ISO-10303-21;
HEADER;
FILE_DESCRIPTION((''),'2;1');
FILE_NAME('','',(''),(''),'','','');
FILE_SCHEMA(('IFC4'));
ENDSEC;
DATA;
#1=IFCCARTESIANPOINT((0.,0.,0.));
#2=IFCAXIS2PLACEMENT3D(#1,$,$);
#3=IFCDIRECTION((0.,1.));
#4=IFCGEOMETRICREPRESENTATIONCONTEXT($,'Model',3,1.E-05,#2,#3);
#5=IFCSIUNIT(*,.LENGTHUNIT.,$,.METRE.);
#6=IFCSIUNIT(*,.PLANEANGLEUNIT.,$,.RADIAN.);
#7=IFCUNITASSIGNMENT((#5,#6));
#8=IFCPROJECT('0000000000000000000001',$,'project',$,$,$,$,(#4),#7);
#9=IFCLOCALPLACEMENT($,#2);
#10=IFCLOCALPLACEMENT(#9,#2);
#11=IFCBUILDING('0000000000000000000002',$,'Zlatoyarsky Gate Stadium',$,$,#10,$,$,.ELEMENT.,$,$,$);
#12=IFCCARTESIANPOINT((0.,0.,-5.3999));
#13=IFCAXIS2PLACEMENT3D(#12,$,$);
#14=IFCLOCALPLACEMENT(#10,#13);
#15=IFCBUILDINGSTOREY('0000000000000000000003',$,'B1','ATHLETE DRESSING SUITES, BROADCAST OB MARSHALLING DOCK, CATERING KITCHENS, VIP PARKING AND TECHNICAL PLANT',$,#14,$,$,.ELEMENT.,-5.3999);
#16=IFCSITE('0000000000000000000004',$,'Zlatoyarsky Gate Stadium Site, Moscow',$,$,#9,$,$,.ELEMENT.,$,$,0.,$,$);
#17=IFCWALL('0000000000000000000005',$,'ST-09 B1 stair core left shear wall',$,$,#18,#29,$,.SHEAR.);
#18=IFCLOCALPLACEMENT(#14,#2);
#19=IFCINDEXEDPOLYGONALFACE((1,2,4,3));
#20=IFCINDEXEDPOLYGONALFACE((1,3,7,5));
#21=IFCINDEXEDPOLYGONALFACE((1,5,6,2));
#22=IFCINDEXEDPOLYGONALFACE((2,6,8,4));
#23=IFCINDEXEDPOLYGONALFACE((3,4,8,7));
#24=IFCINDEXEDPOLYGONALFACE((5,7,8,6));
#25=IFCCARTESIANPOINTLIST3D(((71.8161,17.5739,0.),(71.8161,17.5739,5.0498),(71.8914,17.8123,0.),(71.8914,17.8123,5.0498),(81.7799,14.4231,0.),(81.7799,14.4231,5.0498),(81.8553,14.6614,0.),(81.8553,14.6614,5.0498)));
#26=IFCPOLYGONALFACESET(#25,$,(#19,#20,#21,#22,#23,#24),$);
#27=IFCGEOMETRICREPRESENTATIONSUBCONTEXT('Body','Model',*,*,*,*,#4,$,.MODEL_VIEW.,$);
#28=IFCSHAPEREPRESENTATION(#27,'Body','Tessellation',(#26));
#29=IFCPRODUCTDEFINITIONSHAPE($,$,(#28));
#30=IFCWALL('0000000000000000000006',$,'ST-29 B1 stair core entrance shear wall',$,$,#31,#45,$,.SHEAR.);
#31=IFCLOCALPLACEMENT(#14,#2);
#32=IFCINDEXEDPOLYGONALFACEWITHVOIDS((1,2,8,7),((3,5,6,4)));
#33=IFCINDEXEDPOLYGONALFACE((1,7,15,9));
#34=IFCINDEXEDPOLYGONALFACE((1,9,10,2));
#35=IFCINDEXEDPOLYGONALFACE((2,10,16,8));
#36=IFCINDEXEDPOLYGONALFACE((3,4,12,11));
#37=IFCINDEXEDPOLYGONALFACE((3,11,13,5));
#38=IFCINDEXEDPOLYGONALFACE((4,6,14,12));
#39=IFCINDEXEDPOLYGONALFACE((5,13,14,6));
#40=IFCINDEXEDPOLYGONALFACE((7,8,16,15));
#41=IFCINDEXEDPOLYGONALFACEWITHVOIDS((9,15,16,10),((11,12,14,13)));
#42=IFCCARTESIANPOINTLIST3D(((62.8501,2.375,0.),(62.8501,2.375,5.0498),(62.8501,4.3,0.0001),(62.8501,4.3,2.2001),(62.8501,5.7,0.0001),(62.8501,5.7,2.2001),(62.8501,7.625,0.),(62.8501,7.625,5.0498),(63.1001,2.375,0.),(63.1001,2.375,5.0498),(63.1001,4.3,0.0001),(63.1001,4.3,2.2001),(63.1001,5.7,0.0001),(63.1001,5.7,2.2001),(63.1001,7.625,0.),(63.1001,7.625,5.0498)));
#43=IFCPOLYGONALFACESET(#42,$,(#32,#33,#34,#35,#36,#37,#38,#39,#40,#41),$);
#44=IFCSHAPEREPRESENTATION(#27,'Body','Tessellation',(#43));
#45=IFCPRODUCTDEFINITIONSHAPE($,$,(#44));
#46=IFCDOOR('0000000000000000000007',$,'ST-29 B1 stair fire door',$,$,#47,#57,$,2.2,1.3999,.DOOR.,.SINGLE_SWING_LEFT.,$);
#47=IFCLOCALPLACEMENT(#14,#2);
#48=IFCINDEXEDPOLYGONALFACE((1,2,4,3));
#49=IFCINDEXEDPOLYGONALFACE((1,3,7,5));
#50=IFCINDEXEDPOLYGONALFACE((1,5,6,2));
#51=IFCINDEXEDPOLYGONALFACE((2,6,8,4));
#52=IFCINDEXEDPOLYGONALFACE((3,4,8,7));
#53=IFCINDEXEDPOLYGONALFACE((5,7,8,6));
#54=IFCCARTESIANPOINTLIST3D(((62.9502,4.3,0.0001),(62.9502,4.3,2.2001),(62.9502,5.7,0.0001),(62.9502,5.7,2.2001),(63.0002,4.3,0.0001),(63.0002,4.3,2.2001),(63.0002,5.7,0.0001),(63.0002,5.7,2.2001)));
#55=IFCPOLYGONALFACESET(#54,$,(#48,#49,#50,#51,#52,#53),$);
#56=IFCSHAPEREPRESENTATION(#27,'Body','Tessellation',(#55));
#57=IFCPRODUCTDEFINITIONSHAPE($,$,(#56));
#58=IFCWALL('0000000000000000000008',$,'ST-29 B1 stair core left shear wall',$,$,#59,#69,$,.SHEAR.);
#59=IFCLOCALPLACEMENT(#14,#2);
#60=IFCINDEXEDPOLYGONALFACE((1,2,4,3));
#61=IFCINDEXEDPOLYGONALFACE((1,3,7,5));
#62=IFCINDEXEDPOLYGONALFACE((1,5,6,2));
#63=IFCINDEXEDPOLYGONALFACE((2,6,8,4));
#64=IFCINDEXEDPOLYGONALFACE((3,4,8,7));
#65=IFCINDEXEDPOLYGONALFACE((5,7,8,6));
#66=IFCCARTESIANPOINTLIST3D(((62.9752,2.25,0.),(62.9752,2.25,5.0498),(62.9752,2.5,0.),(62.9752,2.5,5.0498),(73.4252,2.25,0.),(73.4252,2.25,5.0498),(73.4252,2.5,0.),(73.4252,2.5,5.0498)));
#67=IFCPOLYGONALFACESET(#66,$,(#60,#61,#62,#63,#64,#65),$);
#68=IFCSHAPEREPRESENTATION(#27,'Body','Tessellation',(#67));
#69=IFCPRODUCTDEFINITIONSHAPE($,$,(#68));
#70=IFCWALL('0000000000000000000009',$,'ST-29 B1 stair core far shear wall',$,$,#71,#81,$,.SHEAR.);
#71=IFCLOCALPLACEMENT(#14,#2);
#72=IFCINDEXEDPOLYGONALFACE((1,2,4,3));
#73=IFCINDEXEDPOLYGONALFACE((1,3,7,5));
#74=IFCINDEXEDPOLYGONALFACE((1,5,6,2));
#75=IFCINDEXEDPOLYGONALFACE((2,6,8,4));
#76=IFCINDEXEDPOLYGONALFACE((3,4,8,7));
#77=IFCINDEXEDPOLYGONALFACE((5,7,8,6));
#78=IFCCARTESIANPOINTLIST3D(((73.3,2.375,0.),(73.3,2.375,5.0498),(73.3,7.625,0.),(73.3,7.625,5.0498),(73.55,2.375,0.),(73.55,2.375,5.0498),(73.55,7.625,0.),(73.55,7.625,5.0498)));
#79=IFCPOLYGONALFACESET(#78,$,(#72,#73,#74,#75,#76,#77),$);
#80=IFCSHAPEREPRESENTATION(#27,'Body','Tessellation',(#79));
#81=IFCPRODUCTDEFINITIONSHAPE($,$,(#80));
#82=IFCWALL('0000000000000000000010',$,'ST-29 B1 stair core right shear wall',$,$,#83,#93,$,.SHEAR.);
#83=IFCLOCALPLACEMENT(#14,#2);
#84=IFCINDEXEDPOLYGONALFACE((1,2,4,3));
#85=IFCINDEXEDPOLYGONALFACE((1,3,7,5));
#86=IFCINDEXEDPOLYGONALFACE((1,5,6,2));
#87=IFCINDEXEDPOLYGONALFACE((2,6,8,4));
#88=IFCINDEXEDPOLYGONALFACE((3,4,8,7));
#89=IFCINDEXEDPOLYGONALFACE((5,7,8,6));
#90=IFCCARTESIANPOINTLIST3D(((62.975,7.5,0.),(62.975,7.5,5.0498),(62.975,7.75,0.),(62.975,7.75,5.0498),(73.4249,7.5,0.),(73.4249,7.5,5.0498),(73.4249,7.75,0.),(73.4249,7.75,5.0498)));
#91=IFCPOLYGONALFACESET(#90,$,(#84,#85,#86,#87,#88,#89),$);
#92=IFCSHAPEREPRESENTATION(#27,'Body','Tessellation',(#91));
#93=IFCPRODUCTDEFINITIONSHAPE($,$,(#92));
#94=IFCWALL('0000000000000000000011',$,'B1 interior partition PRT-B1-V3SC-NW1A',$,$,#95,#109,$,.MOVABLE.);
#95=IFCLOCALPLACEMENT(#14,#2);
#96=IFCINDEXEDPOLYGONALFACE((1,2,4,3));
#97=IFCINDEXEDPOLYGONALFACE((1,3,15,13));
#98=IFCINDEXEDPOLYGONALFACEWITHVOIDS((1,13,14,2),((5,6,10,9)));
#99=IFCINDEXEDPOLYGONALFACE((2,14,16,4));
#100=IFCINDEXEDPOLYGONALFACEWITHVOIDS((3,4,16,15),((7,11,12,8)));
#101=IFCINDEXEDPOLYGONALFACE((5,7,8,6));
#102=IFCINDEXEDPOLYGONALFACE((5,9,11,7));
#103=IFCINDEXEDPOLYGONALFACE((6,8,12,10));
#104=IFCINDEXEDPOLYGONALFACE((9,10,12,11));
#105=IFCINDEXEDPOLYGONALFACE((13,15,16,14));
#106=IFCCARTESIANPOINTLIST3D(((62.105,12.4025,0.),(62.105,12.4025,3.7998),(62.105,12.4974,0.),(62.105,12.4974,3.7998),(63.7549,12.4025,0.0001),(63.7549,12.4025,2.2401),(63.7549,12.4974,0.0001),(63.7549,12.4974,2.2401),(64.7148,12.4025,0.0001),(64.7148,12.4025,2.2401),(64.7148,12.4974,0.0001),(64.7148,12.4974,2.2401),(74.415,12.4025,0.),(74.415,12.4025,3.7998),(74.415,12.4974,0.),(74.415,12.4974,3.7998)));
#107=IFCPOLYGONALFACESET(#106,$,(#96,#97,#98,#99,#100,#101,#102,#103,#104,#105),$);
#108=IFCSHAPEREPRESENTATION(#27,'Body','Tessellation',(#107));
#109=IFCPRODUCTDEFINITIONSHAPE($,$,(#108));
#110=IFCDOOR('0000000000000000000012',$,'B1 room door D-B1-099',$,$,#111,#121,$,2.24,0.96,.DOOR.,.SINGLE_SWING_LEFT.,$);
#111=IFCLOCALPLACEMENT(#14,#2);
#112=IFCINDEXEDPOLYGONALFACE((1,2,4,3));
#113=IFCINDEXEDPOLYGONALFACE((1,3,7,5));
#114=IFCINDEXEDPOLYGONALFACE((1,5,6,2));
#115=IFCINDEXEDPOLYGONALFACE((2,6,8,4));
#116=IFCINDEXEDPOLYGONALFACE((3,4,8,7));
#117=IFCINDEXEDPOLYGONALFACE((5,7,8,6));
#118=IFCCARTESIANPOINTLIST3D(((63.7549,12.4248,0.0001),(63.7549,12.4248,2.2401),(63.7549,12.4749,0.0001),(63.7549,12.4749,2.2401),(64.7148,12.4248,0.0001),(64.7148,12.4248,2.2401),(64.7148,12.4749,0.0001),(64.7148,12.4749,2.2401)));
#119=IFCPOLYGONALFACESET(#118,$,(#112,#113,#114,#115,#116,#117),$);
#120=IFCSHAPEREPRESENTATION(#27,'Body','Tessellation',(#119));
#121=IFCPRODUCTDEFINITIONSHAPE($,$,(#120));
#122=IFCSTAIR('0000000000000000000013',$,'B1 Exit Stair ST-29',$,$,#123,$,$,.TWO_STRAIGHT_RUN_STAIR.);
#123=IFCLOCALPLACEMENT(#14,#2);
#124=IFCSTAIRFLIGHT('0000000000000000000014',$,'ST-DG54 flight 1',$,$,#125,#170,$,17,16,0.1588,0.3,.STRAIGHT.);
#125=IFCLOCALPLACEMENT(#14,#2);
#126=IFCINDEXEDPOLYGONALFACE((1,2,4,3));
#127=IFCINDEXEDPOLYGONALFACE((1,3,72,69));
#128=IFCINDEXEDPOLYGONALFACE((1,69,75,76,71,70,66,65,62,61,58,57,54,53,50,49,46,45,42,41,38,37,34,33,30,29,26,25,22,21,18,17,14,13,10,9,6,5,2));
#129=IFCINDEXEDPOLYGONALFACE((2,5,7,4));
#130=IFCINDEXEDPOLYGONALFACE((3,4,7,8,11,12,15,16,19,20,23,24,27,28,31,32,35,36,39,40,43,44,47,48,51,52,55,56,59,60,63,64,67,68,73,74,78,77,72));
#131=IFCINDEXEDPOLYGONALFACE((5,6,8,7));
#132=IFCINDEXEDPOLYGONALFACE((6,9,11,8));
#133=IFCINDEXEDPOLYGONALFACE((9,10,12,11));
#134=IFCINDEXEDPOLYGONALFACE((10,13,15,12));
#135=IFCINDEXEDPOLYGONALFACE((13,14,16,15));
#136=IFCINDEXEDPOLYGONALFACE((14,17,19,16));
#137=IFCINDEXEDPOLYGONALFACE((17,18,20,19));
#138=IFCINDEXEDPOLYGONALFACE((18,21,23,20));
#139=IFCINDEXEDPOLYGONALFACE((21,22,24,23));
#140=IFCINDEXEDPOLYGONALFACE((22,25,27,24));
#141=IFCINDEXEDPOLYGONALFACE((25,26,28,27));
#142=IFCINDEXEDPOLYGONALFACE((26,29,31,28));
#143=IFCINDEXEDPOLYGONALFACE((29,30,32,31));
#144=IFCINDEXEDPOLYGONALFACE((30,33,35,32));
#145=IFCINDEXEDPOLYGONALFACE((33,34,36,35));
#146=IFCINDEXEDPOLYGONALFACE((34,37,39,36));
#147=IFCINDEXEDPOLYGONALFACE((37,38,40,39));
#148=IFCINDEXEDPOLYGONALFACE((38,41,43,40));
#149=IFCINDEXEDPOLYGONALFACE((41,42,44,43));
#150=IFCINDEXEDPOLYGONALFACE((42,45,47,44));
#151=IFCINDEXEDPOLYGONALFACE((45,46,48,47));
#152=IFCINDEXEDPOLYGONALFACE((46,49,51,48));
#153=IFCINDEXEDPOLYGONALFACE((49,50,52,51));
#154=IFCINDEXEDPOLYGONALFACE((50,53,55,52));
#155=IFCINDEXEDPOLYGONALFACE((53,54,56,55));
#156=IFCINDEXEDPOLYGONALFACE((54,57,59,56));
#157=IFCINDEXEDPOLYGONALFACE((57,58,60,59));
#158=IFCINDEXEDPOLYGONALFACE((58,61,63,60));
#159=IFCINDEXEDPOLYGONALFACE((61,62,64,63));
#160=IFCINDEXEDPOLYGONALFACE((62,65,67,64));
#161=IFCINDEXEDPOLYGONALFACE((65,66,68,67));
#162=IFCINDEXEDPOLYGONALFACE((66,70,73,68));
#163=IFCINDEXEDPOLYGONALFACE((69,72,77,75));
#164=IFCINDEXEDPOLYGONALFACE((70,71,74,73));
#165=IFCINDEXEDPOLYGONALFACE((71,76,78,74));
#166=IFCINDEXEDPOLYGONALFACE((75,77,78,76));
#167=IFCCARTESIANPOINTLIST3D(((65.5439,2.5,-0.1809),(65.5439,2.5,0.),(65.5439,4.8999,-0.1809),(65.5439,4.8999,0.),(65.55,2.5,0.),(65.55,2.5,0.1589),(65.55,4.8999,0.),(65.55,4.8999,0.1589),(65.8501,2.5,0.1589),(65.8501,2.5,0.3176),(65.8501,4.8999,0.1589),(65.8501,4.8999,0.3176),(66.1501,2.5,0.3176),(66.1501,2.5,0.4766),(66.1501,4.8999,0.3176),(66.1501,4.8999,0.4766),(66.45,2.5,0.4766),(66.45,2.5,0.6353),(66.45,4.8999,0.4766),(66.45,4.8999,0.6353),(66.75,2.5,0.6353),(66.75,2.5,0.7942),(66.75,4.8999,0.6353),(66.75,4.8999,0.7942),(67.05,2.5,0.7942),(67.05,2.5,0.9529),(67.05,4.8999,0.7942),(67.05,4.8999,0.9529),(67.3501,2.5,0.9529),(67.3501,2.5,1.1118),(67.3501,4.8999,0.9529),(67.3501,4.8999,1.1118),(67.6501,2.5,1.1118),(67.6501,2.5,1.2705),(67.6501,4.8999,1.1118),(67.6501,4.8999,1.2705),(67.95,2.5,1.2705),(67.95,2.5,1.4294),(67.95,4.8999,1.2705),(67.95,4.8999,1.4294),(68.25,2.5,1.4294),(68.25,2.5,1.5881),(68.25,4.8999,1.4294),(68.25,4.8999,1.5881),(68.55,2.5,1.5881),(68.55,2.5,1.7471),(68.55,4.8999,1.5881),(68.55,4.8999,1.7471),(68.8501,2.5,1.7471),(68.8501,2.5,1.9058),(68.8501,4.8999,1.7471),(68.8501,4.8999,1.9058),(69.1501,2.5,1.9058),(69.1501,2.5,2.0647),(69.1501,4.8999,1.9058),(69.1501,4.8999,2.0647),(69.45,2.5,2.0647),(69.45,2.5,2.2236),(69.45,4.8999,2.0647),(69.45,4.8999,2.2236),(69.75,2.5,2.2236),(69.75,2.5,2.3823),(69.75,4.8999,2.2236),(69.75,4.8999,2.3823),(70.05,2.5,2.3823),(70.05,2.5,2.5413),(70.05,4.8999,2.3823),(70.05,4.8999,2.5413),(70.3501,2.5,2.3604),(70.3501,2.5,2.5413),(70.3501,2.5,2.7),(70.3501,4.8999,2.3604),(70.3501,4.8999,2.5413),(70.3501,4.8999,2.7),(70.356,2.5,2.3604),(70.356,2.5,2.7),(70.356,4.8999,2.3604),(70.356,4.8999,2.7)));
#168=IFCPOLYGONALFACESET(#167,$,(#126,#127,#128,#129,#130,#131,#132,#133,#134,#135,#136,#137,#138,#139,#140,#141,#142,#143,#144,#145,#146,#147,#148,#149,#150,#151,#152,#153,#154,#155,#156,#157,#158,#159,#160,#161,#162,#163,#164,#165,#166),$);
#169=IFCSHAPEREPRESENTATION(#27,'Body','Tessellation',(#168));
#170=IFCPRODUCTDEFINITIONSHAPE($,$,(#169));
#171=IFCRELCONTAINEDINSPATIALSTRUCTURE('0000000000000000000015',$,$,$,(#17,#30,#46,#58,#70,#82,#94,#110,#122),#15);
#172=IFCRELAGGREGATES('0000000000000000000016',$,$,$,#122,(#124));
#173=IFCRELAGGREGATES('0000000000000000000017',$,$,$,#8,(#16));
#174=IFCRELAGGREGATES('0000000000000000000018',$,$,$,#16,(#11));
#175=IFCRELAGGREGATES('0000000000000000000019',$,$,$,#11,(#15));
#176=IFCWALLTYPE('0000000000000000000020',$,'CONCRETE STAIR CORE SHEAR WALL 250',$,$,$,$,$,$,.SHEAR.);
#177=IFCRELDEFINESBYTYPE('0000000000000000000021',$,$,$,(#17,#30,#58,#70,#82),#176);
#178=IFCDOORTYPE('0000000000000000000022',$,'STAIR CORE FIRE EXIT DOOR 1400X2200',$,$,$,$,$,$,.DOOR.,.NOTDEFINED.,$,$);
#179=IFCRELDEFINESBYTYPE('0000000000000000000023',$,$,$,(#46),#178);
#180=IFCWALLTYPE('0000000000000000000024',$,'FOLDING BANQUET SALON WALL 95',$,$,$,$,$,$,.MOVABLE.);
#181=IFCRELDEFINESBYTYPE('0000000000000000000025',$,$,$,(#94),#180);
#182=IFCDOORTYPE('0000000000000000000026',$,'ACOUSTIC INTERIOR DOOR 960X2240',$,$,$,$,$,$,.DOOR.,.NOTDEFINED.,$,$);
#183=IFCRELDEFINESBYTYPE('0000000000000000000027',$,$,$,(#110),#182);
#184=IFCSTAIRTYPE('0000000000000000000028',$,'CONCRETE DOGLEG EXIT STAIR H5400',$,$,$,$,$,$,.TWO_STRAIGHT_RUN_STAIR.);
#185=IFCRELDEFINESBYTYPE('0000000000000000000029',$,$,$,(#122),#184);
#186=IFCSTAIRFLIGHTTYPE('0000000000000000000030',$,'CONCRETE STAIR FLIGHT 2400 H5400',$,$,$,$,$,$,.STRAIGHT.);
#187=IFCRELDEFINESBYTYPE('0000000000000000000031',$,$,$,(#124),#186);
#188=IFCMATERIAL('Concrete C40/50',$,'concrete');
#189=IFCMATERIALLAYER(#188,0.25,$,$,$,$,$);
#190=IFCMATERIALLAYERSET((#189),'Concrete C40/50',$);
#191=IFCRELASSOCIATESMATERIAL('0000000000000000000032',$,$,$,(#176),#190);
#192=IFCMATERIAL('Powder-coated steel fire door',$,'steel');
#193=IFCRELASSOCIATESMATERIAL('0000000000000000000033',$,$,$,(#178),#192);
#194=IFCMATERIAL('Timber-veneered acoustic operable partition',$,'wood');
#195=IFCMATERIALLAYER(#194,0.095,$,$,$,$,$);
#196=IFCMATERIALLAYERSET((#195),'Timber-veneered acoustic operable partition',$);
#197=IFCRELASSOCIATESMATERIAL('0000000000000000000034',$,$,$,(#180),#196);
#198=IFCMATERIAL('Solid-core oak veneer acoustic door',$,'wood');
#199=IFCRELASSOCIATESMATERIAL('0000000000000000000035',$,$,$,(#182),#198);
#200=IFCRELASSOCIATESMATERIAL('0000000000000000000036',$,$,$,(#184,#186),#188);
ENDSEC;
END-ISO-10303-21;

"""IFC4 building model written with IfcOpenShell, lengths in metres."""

from ifc_helpers import new_model, si_unit, direction, frame, frame_2d, origin, place, context, subcontext, project, spatial, polyline, rectangle, outline, extrude, material, layer, layer_set, type_object, element, fill, aggregate, save


model = new_model("IFC4")

# Units and contexts
model_context = context("Model", 3, precision=1e-05, world=origin(), true_north=direction((0.0, 1.0)))
body_context = subcontext(model_context, "Body", "Model", "MODEL_VIEW")
ifc_project = project(units=[si_unit("LENGTHUNIT", "METRE"), si_unit("PLANEANGLEUNIT", "RADIAN")], contexts=[model_context])

# Site, building, storey
site_placement = place(None, origin())
site = spatial("IfcSite", under=ifc_project, at=site_placement, Name="Zlatoyarsky Gate Stadium Site, Moscow", CompositionType="ELEMENT", RefElevation=0.0)
building_placement = place(site_placement, origin())
building = spatial("IfcBuilding", under=site, at=building_placement, Name="Zlatoyarsky Gate Stadium", CompositionType="ELEMENT")
storey_placement = place(building_placement, frame((0.0, 0.0, -5.3999)))
storey = spatial("IfcBuildingStorey", under=building, at=storey_placement, Name="B1", Description="ATHLETE DRESSING SUITES, BROADCAST OB MARSHALLING DOCK, CATERING KITCHENS, VIP PARKING AND TECHNICAL PLANT", CompositionType="ELEMENT", Elevation=-5.3999)

# Shared definitions
ifc_material_1 = material(Name="Concrete C40/50", Category="concrete")

# Wall
ifc_layer_1 = layer(ifc_material_1, 0.25)
ifc_layer_set_1 = layer_set([ifc_layer_1], Name="Concrete C40/50")
wall_type_1 = type_object("IfcWallType", Name="CONCRETE STAIR CORE SHEAR WALL 250", PredefinedType="SHEAR", material=ifc_layer_set_1)
wall_1_placement = place(storey_placement, frame((71.8538, 17.6931, 0.0), z_axis=(0.0, 0.0, 1.0), x_axis=(0.953462, -0.301514, 0.0)))
element("IfcWall", 1, at=wall_1_placement, inside=storey, type_object=wall_type_1, Name="ST-09 B1 stair core left shear wall", PredefinedType="SHEAR", context=body_context, shape_type="SweptSolid", body=[
    extrude(rectangle(XDim=10.4502, YDim=0.25, at=frame_2d((5.2251, 0.0))), origin(), (0.0, 0.0, 1.0), 5.0498),
])

# Wall, opening, door
wall_2_placement = place(storey_placement, frame((62.9751, 7.625, 0.0), z_axis=(0.0, 0.0, 1.0), x_axis=(0.0, -1.0, 0.0)))
wall_2 = element("IfcWall", 2, at=wall_2_placement, inside=storey, type_object=wall_type_1, Name="ST-29 B1 stair core entrance shear wall", PredefinedType="SHEAR", context=body_context, shape_type="SweptSolid", body=[
    extrude(rectangle(XDim=5.25, YDim=0.25, at=frame_2d((2.625, 0.0))), origin(), (0.0, 0.0, 1.0), 5.0498),
])
opening_1_placement = place(wall_2_placement, frame((1.925, 0.0, 0.0)))
opening_1 = element("IfcOpeningElement", 3, at=opening_1_placement, cuts=wall_2, PredefinedType="OPENING", context=body_context, shape_type="SweptSolid", body=[
    extrude(rectangle(XDim=1.3999, YDim=2.2, at=frame_2d((0.7, 1.1001))), frame((0.0, 0.135, 0.0), z_axis=(0.0, -1.0, 0.0), x_axis=(1.0, 0.0, 0.0)), (0.0, 0.0, 1.0), 0.27),
])
ifc_material_2 = material(Name="Powder-coated steel fire door", Category="steel")
door_type_1 = type_object("IfcDoorType", Name="STAIR CORE FIRE EXIT DOOR 1400X2200", OperationType="NOTDEFINED", PredefinedType="DOOR", material=ifc_material_2)
door_1_placement = place(opening_1_placement, frame((1.3999, 0.0, 0.0), z_axis=(0.0, 0.0, 1.0), x_axis=(-1.0, 0.0, 0.0)))
door_1 = element("IfcDoor", 4, at=door_1_placement, inside=storey, type_object=door_type_1, Name="ST-29 B1 stair fire door", OperationType="SINGLE_SWING_LEFT", OverallHeight=2.2, OverallWidth=1.3999, PredefinedType="DOOR", context=body_context, shape_type="SweptSolid", body=[
    extrude(rectangle(XDim=1.3999, YDim=2.2, at=frame_2d((0.7, 1.1001))), frame((0.0, 0.0249, 0.0), z_axis=(0.0, -1.0, 0.0), x_axis=(1.0, 0.0, 0.0)), (0.0, 0.0, 1.0), 0.05),
])
fill(opening_1, door_1)

# Walls
wall_3_placement = place(storey_placement, frame((62.9751, 2.375, 0.0), z_axis=(0.0, 0.0, 1.0), x_axis=(1.0, 0.0, 0.0)))
element("IfcWall", 5, at=wall_3_placement, inside=storey, type_object=wall_type_1, Name="ST-29 B1 stair core left shear wall", PredefinedType="SHEAR", context=body_context, shape_type="SweptSolid", body=[
    extrude(rectangle(XDim=10.45, YDim=0.25, at=frame_2d((5.2251, 0.0))), origin(), (0.0, 0.0, 1.0), 5.0498),
])
wall_4_placement = place(storey_placement, frame((73.425, 2.375, 0.0), z_axis=(0.0, 0.0, 1.0), x_axis=(0.0, 1.0, 0.0)))
element("IfcWall", 6, at=wall_4_placement, inside=storey, type_object=wall_type_1, Name="ST-29 B1 stair core far shear wall", PredefinedType="SHEAR", context=body_context, shape_type="SweptSolid", body=[
    extrude(rectangle(XDim=5.25, YDim=0.25, at=frame_2d((2.625, 0.0))), origin(), (0.0, 0.0, 1.0), 5.0498),
])
wall_5_placement = place(storey_placement, frame((73.425, 7.625, 0.0), z_axis=(0.0, 0.0, 1.0), x_axis=(-1.0, 0.0, 0.0)))
element("IfcWall", 7, at=wall_5_placement, inside=storey, type_object=wall_type_1, Name="ST-29 B1 stair core right shear wall", PredefinedType="SHEAR", context=body_context, shape_type="SweptSolid", body=[
    extrude(rectangle(XDim=10.45, YDim=0.25, at=frame_2d((5.2251, 0.0))), origin(), (0.0, 0.0, 1.0), 5.0498),
])

# Wall, opening, door
ifc_material_3 = material(Name="Timber-veneered acoustic operable partition", Category="wood")
ifc_layer_2 = layer(ifc_material_3, 0.095)
ifc_layer_set_2 = layer_set([ifc_layer_2], Name="Timber-veneered acoustic operable partition")
wall_type_2 = type_object("IfcWallType", Name="FOLDING BANQUET SALON WALL 95", PredefinedType="MOVABLE", material=ifc_layer_set_2)
wall_6_placement = place(storey_placement, frame((62.105, 12.45, 0.0), z_axis=(0.0, 0.0, 1.0), x_axis=(1.0, 0.0, 0.0)))
wall_6 = element("IfcWall", 8, at=wall_6_placement, inside=storey, type_object=wall_type_2, Name="B1 interior partition PRT-B1-V3SC-NW1A", PredefinedType="MOVABLE", context=body_context, shape_type="SweptSolid", body=[
    extrude(rectangle(XDim=12.3101, YDim=0.095, at=frame_2d((6.155, 0.0))), origin(), (0.0, 0.0, 1.0), 3.7998),
])
opening_2_placement = place(wall_6_placement, frame((1.6499, 0.0, 0.0)))
opening_2 = element("IfcOpeningElement", 9, at=opening_2_placement, cuts=wall_6, PredefinedType="OPENING", context=body_context, shape_type="SweptSolid", body=[
    extrude(rectangle(XDim=0.96, YDim=2.24, at=frame_2d((0.48, 1.1201))), frame((0.0, 0.0574, 0.0), z_axis=(0.0, -1.0, 0.0), x_axis=(1.0, 0.0, 0.0)), (0.0, 0.0, 1.0), 0.115),
])
ifc_material_4 = material(Name="Solid-core oak veneer acoustic door", Category="wood")
door_type_2 = type_object("IfcDoorType", Name="ACOUSTIC INTERIOR DOOR 960X2240", OperationType="NOTDEFINED", PredefinedType="DOOR", material=ifc_material_4)
door_2_placement = place(opening_2_placement, origin())
door_2 = element("IfcDoor", 10, at=door_2_placement, inside=storey, type_object=door_type_2, Name="B1 room door D-B1-099", OperationType="SINGLE_SWING_LEFT", OverallHeight=2.24, OverallWidth=0.96, PredefinedType="DOOR", context=body_context, shape_type="SweptSolid", body=[
    extrude(rectangle(XDim=0.96, YDim=2.24, at=frame_2d((0.48, 1.1201))), frame((0.0, 0.0249, 0.0), z_axis=(0.0, -1.0, 0.0), x_axis=(1.0, 0.0, 0.0)), (0.0, 0.0, 1.0), 0.05),
])
fill(opening_2, door_2)

# Stair, stair flight
stair_type = type_object("IfcStairType", Name="CONCRETE DOGLEG EXIT STAIR H5400", PredefinedType="TWO_STRAIGHT_RUN_STAIR", material=ifc_material_1)
stair_placement = place(storey_placement, origin())
stair = element("IfcStair", 11, at=stair_placement, inside=storey, type_object=stair_type, Name="B1 Exit Stair ST-29", PredefinedType="TWO_STRAIGHT_RUN_STAIR")
stair_flight_type = type_object("IfcStairFlightType", Name="CONCRETE STAIR FLIGHT 2400 H5400", PredefinedType="STRAIGHT", material=ifc_material_1)
stair_flight_1_placement = place(storey_placement, frame((65.55, 3.7, 0.0), z_axis=(0.0, 0.0, 1.0), x_axis=(1.0, 0.0, 0.0)))
stair_flight_1 = element("IfcStairFlight", 12, at=stair_flight_1_placement, type_object=stair_flight_type, Name="ST-DG54 flight 1", NumberOfRisers=17, NumberOfTreads=16, PredefinedType="STRAIGHT", RiserHeight=0.1588, TreadLength=0.3, context=body_context, shape_type="SweptSolid", body=[
    extrude(outline(polyline([(-0.0061, -0.1809), (-0.0061, 0.0), (0.0, 0.0), (0.0, 0.1589), (0.3, 0.1589), (0.3, 0.3176), (0.6001, 0.3176), (0.6001, 0.4766), (0.8999, 0.4766), (0.8999, 0.6353), (1.2, 0.6353), (1.2, 0.7942), (1.5, 0.7942), (1.5, 0.9529), (1.8, 0.9529), (1.8, 1.1118), (2.1001, 1.1118), (2.1001, 1.2705), (2.3999, 1.2705), (2.3999, 1.4294), (2.7, 1.4294), (2.7, 1.5881), (3.0, 1.5881), (3.0, 1.7471), (3.3, 1.7471), (3.3, 1.9058), (3.6001, 1.9058), (3.6001, 2.0647), (3.8999, 2.0647), (3.8999, 2.2236), (4.2, 2.2236), (4.2, 2.3823), (4.5, 2.3823), (4.5, 2.5413), (4.8, 2.5413), (4.8, 2.7), (4.8059, 2.7), (4.8059, 2.3604), (4.8, 2.3604), (-0.0061, -0.1809)])), frame((0.0, 1.2, 0.0), z_axis=(0.0, -1.0, 0.0), x_axis=(1.0, 0.0, 0.0)), (0.0, 0.0, 1.0), 2.3999),
])
aggregate(stair, [stair_flight_1])

save(model, "model.ifc")
